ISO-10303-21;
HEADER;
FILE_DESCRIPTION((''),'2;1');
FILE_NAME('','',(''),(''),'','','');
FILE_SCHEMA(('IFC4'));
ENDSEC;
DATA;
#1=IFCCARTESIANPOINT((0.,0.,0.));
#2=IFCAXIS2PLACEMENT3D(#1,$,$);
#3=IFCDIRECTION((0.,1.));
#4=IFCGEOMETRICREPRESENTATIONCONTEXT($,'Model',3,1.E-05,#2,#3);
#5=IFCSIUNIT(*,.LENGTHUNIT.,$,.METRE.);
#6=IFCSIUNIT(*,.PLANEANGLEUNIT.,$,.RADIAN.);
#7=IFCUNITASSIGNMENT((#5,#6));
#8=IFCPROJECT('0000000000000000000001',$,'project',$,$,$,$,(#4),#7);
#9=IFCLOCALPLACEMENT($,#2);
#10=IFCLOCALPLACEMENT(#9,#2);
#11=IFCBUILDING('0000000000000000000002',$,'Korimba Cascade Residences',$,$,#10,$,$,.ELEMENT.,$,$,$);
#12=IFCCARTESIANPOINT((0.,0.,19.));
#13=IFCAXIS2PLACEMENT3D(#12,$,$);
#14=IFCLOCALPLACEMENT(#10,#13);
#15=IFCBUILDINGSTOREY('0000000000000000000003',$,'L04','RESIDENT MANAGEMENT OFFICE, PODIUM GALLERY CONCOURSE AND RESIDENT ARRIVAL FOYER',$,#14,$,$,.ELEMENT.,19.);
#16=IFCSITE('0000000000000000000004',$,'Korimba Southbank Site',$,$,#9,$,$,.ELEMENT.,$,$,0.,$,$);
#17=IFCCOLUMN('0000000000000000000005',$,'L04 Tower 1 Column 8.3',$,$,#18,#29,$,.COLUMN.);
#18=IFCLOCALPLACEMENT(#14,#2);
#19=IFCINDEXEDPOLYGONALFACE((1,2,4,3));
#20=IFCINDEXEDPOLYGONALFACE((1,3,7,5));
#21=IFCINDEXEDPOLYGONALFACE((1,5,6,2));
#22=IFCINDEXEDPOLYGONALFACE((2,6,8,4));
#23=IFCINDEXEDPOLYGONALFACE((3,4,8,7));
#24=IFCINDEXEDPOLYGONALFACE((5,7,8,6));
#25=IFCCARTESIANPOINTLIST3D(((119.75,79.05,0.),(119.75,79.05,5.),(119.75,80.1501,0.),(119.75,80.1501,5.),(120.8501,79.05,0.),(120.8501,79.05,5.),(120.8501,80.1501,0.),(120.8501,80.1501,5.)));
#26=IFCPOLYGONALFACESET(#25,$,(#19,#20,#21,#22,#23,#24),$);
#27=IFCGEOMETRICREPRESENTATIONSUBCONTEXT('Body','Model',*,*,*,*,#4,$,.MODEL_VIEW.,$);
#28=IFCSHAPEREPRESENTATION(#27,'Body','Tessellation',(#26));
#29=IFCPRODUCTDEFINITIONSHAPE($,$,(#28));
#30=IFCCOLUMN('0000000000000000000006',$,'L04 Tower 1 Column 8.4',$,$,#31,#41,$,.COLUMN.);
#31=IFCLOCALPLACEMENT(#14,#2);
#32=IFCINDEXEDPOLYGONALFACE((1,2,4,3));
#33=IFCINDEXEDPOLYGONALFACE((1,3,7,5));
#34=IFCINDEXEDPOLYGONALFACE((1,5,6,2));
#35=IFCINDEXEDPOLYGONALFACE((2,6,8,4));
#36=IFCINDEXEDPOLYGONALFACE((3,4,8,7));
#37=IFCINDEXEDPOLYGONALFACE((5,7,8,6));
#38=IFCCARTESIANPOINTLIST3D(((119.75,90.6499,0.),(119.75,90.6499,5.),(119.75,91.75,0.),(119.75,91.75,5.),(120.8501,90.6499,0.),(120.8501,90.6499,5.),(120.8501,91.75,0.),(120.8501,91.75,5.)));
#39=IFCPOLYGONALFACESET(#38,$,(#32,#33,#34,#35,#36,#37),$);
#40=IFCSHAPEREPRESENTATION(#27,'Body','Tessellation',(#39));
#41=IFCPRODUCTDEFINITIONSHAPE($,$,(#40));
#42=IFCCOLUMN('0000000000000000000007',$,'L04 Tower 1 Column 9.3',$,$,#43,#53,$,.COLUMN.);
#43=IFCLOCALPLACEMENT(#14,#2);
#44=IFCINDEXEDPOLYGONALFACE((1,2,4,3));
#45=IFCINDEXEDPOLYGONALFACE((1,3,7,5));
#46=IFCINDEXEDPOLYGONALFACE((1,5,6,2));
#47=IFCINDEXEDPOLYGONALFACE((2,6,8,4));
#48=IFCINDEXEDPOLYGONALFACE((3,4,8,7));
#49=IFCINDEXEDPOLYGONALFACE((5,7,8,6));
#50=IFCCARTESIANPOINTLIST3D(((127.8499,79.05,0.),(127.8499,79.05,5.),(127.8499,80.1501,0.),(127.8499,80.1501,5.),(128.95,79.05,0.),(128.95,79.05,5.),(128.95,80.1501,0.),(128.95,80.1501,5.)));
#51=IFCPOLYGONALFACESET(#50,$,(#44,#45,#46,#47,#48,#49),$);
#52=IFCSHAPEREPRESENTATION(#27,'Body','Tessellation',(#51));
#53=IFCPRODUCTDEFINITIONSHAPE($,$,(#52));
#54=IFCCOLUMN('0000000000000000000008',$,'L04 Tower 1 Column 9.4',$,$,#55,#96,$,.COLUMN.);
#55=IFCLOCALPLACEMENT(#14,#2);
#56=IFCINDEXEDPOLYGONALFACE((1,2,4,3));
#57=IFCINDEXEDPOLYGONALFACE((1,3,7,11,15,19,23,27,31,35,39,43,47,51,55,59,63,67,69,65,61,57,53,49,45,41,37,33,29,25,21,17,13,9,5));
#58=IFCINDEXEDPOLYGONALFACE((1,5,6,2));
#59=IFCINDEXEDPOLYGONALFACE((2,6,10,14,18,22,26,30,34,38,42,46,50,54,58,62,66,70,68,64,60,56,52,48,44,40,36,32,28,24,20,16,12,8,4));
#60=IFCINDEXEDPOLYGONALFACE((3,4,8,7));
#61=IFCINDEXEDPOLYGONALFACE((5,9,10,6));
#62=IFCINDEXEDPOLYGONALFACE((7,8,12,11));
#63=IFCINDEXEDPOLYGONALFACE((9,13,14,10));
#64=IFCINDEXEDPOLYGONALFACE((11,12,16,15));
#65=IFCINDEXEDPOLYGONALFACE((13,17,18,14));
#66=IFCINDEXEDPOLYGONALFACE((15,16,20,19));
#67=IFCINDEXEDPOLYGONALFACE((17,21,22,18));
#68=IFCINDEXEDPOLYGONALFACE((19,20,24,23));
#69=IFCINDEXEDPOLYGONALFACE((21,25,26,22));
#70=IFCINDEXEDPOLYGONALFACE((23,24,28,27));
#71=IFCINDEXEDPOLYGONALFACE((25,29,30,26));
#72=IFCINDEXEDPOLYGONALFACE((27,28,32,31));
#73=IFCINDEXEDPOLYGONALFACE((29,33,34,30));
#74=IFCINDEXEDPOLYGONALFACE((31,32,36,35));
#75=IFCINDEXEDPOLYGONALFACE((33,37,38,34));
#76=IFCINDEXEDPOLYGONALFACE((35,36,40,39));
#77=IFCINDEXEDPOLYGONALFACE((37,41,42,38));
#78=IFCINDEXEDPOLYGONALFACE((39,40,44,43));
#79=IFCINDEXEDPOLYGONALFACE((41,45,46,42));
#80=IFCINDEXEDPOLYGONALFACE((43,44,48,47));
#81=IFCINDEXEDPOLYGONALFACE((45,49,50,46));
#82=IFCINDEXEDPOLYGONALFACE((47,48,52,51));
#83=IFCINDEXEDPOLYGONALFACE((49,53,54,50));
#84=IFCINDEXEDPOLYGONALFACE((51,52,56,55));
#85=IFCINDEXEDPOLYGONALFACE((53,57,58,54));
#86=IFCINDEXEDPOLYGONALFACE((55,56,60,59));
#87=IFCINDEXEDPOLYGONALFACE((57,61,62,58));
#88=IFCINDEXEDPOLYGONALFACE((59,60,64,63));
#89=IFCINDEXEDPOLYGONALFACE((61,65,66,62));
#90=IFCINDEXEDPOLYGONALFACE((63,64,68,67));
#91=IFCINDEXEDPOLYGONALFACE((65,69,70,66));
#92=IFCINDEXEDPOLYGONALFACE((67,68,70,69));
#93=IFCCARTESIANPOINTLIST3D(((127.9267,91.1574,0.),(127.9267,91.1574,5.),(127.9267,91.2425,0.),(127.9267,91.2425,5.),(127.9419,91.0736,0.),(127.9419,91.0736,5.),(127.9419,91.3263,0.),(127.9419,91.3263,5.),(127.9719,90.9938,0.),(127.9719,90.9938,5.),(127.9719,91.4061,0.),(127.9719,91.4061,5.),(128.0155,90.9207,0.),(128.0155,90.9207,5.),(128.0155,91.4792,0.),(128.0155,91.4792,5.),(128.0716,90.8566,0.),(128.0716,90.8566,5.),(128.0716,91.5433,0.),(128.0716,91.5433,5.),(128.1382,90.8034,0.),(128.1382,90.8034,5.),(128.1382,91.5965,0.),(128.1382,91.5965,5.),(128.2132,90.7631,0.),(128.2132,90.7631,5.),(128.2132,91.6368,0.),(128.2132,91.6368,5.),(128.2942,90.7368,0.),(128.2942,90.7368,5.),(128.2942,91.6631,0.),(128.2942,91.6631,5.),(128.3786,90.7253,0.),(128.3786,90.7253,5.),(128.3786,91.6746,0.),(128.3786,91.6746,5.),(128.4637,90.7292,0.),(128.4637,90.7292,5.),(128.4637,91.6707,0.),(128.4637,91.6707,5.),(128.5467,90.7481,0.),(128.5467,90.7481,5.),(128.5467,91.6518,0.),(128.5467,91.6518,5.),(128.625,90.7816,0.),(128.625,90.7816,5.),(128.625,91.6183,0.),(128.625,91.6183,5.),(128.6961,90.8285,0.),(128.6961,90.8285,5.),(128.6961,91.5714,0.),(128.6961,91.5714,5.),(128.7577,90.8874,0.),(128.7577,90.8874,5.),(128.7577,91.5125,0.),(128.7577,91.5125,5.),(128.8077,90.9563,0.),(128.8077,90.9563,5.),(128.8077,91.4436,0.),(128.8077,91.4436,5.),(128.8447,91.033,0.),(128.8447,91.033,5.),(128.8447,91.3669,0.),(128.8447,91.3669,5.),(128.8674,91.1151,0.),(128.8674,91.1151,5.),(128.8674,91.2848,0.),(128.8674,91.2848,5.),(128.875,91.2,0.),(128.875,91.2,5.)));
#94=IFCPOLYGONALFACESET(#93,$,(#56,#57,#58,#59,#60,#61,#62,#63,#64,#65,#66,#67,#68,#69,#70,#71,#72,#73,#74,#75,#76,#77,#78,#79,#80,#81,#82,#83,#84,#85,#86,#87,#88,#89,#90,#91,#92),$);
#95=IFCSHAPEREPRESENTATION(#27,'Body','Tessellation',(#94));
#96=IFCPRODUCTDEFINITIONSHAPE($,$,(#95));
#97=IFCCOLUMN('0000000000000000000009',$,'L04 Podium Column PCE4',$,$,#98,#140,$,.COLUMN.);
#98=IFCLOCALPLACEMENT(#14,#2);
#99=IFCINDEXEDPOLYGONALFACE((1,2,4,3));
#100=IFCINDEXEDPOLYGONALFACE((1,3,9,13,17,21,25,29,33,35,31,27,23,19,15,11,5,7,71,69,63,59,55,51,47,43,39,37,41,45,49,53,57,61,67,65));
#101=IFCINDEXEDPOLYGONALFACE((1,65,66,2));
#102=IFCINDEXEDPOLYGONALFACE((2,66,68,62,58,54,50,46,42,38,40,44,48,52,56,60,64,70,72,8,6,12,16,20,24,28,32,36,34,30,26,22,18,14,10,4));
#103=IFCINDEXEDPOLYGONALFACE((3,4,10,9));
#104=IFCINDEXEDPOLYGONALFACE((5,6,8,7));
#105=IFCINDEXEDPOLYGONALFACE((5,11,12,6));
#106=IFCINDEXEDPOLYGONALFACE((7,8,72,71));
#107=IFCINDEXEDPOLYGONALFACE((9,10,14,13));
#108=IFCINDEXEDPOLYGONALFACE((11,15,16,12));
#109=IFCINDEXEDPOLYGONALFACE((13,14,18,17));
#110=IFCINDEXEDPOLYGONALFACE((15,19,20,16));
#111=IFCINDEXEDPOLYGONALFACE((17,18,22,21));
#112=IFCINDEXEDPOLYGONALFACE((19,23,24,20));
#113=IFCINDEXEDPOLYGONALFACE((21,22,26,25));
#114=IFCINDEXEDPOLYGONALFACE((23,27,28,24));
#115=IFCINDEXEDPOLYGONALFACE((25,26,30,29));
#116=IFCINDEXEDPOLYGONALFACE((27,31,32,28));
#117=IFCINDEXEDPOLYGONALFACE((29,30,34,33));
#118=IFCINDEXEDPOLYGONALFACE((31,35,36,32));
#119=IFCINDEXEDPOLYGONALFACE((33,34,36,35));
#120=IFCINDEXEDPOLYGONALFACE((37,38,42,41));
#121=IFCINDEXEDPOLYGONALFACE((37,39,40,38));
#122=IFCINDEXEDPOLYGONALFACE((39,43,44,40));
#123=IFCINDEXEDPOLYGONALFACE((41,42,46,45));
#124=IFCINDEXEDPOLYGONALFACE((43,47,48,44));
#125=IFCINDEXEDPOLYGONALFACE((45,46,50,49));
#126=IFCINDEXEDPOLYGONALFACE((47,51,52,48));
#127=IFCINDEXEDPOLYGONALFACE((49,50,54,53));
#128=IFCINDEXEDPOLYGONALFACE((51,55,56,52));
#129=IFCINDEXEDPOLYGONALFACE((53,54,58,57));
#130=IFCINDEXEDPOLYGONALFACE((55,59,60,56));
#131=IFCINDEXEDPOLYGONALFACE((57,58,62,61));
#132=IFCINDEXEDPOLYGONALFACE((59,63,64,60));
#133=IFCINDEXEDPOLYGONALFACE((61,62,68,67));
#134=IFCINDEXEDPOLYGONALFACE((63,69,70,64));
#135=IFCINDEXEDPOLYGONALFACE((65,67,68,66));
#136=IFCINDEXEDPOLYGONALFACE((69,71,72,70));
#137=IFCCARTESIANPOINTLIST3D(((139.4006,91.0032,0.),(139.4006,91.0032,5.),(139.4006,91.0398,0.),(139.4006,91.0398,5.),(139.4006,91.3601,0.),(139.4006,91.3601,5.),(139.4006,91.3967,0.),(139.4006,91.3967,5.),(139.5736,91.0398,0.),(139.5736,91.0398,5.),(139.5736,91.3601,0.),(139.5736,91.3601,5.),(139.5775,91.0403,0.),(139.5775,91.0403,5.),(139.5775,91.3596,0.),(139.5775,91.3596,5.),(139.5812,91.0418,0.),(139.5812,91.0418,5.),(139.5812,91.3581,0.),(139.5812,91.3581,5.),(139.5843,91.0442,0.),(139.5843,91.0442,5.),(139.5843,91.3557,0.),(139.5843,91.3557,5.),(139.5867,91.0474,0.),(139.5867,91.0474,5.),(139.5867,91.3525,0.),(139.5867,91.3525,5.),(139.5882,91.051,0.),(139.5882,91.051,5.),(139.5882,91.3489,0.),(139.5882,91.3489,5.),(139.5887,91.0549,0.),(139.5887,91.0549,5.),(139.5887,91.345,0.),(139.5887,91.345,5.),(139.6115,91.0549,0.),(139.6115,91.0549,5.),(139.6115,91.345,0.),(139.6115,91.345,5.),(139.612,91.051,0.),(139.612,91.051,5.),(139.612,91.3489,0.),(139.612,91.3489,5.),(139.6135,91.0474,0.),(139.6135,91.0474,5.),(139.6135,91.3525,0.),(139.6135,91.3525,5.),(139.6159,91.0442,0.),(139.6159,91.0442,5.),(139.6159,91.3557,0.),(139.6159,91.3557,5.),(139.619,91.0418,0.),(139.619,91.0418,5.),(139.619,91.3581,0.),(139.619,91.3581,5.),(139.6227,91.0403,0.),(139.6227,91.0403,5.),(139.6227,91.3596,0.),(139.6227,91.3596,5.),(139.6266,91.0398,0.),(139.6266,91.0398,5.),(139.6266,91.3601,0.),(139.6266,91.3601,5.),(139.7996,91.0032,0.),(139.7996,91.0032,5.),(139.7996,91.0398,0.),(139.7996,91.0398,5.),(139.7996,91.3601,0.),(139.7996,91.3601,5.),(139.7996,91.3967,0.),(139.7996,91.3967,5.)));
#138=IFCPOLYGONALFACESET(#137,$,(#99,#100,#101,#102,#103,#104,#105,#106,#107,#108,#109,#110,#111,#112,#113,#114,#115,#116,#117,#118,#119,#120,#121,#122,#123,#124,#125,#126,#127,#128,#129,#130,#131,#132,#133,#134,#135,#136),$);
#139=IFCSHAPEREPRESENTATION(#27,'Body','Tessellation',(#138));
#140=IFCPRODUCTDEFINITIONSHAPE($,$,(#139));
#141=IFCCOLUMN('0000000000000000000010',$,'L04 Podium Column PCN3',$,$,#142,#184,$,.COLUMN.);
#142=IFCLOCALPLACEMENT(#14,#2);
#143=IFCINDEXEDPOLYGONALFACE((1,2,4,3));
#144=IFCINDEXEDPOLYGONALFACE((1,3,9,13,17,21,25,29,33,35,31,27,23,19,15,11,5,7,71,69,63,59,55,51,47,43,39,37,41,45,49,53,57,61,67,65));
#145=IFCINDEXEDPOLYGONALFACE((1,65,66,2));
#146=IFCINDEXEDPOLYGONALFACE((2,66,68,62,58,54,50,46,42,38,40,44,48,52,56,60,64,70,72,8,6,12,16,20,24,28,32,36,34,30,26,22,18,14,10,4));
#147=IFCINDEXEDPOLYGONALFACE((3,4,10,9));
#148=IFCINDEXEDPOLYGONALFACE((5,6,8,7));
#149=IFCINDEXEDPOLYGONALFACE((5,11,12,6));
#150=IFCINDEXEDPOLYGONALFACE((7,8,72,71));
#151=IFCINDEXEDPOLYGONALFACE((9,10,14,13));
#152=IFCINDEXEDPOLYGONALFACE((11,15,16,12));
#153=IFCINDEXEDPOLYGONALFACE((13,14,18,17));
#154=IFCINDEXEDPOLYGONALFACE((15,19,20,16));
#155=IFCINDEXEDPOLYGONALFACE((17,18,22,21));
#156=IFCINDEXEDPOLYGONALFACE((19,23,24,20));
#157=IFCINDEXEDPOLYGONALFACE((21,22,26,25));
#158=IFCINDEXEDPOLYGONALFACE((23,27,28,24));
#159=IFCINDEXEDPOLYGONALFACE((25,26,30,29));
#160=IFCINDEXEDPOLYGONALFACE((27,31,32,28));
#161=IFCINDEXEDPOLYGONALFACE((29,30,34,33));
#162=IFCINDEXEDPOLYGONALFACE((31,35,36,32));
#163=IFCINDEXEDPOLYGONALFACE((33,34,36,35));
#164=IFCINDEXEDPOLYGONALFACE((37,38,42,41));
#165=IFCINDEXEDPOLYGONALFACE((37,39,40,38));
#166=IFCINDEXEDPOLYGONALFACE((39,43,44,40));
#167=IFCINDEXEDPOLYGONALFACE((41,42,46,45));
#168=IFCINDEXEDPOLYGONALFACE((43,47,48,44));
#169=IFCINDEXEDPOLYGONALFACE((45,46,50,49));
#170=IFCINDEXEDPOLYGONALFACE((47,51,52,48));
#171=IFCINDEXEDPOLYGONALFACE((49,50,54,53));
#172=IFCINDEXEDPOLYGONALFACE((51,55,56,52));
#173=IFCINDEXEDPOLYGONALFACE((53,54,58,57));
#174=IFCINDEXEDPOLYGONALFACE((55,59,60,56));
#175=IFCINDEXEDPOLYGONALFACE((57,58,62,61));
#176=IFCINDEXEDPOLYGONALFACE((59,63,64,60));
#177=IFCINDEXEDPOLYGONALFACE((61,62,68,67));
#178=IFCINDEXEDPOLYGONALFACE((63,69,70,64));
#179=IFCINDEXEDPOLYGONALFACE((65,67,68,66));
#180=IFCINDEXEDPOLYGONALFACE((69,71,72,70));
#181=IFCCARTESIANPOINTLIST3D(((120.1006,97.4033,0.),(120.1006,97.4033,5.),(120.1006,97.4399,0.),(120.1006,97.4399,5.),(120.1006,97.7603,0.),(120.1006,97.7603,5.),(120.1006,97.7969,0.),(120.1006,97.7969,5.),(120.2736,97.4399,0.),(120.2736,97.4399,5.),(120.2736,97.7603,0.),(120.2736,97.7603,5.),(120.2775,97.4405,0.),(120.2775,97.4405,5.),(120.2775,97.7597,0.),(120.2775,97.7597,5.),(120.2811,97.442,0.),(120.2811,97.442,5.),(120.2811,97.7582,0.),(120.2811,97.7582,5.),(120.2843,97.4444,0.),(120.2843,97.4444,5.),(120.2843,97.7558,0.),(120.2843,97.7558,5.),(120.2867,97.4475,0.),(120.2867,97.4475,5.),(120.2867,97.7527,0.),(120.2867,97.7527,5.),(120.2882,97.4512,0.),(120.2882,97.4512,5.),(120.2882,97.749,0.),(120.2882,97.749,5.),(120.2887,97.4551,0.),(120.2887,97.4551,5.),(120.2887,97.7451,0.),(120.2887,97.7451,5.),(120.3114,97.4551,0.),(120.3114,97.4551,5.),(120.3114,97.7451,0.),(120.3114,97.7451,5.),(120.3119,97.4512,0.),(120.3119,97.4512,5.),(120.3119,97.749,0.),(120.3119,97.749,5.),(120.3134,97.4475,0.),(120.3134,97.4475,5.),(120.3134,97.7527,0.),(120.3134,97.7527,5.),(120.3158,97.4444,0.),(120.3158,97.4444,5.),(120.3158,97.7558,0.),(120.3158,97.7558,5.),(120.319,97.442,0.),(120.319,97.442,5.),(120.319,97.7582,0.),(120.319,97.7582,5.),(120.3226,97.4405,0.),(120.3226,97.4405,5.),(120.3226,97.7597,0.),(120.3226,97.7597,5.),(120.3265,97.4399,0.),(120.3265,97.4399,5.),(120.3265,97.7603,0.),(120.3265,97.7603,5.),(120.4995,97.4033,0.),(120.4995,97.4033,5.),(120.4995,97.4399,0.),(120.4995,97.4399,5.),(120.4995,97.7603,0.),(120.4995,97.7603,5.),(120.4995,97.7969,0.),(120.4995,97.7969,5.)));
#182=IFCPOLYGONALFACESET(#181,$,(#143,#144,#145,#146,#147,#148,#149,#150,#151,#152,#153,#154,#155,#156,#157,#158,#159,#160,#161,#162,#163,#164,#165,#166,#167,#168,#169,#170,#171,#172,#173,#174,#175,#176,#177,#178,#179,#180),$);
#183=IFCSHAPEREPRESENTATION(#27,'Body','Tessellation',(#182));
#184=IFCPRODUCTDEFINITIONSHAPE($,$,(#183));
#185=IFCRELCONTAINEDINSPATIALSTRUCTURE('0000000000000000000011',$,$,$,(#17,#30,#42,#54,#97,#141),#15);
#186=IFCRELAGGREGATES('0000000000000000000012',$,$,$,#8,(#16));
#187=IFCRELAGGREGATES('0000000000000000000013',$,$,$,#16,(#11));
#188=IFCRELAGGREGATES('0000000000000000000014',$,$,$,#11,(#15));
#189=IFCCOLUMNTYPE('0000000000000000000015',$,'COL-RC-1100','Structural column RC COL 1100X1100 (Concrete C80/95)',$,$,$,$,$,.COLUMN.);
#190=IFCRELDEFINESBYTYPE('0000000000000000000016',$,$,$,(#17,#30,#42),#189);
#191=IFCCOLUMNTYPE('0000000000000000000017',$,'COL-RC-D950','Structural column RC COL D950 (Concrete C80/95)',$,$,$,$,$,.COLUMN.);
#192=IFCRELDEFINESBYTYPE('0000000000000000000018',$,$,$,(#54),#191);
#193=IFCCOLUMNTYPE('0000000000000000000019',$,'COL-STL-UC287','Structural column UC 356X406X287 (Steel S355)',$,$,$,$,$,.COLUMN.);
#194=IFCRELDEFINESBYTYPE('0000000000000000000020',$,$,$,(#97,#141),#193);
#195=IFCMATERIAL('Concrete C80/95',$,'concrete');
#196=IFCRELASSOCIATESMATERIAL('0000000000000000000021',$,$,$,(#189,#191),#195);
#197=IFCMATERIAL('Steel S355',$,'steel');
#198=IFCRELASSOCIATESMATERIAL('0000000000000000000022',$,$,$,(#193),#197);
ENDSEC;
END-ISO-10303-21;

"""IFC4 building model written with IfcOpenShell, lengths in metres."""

from ifc_helpers import new_model, si_unit, direction, frame, origin, origin_2d, place, context, subcontext, project, spatial, rectangle, circle, i_section, extrude, material, material_profile, profile_set, type_object, element, save


model = new_model("IFC4")

# Units and contexts
model_context = context("Model", 3, precision=1e-05, world=origin(), true_north=direction((0.0, 1.0)))
body_context = subcontext(model_context, "Body", "Model", "MODEL_VIEW")
ifc_project = project(units=[si_unit("LENGTHUNIT", "METRE"), si_unit("PLANEANGLEUNIT", "RADIAN")], contexts=[model_context])

# Site, building, storey
site_placement = place(None, origin())
site = spatial("IfcSite", under=ifc_project, at=site_placement, Name="Korimba Southbank Site", CompositionType="ELEMENT", RefElevation=0.0)
building_placement = place(site_placement, origin())
building = spatial("IfcBuilding", under=site, at=building_placement, Name="Korimba Cascade Residences", CompositionType="ELEMENT")
storey_placement = place(building_placement, frame((0.0, 0.0, 19.0)))
storey = spatial("IfcBuildingStorey", under=building, at=storey_placement, Name="L04", Description="RESIDENT MANAGEMENT OFFICE, PODIUM GALLERY CONCOURSE AND RESIDENT ARRIVAL FOYER", CompositionType="ELEMENT", Elevation=19.0)

# Columns
ifc_material_1 = material(Name="Concrete C80/95", Category="concrete")
ifc_material_profile_1 = material_profile(ifc_material_1, rectangle(XDim=1.1001, YDim=1.1001, at=origin_2d()), Name="Concrete C80/95")
ifc_profile_set_1 = profile_set([ifc_material_profile_1], Name="Concrete C80/95")
column_type_1 = type_object("IfcColumnType", Name="COL-RC-1100", Description="Structural column RC COL 1100X1100 (Concrete C80/95)", PredefinedType="COLUMN", material=ifc_profile_set_1)
for number, where, z_axis, x_axis, name in (
    (1, (120.3, 79.6001, 0.0), (0.0, 0.0, 1.0), (1.0, 0.0, 0.0), "L04 Tower 1 Column 8.3"),
    (2, (120.3, 91.2, 0.0), (0.0, 0.0, 1.0), (1.0, 0.0, 0.0), "L04 Tower 1 Column 8.4"),
    (3, (128.3999, 79.6001, 0.0), (0.0, 0.0, 1.0), (1.0, 0.0, 0.0), "L04 Tower 1 Column 9.3"),
):
    element("IfcColumn", number, at=place(storey_placement, frame(where, z_axis=z_axis, x_axis=x_axis)), inside=storey, type_object=column_type_1, Name=name, PredefinedType="COLUMN", context=body_context, shape_type="SweptSolid", body=[
        extrude(rectangle(XDim=1.1001, YDim=1.1001, at=origin_2d()), origin(), (0.0, 0.0, 1.0), 5.0),
    ])
ifc_material_profile_2 = material_profile(ifc_material_1, circle(Radius=0.4751, at=origin_2d()), Name="Concrete C80/95")
ifc_profile_set_2 = profile_set([ifc_material_profile_2], Name="Concrete C80/95")
column_type_2 = type_object("IfcColumnType", Name="COL-RC-D950", Description="Structural column RC COL D950 (Concrete C80/95)", PredefinedType="COLUMN", material=ifc_profile_set_2)
column_placement = place(storey_placement, frame((128.3999, 91.2, 0.0), z_axis=(0.0, 0.0, 1.0), x_axis=(1.0, 0.0, 0.0)))
element("IfcColumn", 4, at=column_placement, inside=storey, type_object=column_type_2, Name="L04 Tower 1 Column 9.4", PredefinedType="COLUMN", context=body_context, shape_type="SweptSolid", body=[
    extrude(circle(Radius=0.4751, at=origin_2d()), origin(), (0.0, 0.0, 1.0), 5.0),
])
ifc_material_2 = material(Name="Steel S355", Category="steel")
ifc_material_profile_3 = material_profile(ifc_material_2, i_section(OverallWidth=0.3989, OverallDepth=0.3936, WebThickness=0.0227, FlangeThickness=0.0366, FilletRadius=0.0151, at=origin_2d()), Name="Steel S355")
ifc_profile_set_3 = profile_set([ifc_material_profile_3], Name="Steel S355")
column_type_3 = type_object("IfcColumnType", Name="COL-STL-UC287", Description="Structural column UC 356X406X287 (Steel S355)", PredefinedType="COLUMN", material=ifc_profile_set_3)
for number, where, z_axis, x_axis, name in (
    (5, (139.6001, 91.2, 0.0), (0.0, 0.0, 1.0), (1.0, 0.0, 0.0), "L04 Podium Column PCE4"),
    (6, (120.3, 97.6001, 0.0), (0.0, 0.0, 1.0), (1.0, 0.0, 0.0), "L04 Podium Column PCN3"),
):
    element("IfcColumn", number, at=place(storey_placement, frame(where, z_axis=z_axis, x_axis=x_axis)), inside=storey, type_object=column_type_3, Name=name, PredefinedType="COLUMN", context=body_context, shape_type="SweptSolid", body=[
        extrude(i_section(OverallWidth=0.3989, OverallDepth=0.3936, WebThickness=0.0227, FlangeThickness=0.0366, FilletRadius=0.0151, at=origin_2d()), origin(), (0.0, 0.0, 1.0), 5.0),
    ])

save(model, "model.ifc")
